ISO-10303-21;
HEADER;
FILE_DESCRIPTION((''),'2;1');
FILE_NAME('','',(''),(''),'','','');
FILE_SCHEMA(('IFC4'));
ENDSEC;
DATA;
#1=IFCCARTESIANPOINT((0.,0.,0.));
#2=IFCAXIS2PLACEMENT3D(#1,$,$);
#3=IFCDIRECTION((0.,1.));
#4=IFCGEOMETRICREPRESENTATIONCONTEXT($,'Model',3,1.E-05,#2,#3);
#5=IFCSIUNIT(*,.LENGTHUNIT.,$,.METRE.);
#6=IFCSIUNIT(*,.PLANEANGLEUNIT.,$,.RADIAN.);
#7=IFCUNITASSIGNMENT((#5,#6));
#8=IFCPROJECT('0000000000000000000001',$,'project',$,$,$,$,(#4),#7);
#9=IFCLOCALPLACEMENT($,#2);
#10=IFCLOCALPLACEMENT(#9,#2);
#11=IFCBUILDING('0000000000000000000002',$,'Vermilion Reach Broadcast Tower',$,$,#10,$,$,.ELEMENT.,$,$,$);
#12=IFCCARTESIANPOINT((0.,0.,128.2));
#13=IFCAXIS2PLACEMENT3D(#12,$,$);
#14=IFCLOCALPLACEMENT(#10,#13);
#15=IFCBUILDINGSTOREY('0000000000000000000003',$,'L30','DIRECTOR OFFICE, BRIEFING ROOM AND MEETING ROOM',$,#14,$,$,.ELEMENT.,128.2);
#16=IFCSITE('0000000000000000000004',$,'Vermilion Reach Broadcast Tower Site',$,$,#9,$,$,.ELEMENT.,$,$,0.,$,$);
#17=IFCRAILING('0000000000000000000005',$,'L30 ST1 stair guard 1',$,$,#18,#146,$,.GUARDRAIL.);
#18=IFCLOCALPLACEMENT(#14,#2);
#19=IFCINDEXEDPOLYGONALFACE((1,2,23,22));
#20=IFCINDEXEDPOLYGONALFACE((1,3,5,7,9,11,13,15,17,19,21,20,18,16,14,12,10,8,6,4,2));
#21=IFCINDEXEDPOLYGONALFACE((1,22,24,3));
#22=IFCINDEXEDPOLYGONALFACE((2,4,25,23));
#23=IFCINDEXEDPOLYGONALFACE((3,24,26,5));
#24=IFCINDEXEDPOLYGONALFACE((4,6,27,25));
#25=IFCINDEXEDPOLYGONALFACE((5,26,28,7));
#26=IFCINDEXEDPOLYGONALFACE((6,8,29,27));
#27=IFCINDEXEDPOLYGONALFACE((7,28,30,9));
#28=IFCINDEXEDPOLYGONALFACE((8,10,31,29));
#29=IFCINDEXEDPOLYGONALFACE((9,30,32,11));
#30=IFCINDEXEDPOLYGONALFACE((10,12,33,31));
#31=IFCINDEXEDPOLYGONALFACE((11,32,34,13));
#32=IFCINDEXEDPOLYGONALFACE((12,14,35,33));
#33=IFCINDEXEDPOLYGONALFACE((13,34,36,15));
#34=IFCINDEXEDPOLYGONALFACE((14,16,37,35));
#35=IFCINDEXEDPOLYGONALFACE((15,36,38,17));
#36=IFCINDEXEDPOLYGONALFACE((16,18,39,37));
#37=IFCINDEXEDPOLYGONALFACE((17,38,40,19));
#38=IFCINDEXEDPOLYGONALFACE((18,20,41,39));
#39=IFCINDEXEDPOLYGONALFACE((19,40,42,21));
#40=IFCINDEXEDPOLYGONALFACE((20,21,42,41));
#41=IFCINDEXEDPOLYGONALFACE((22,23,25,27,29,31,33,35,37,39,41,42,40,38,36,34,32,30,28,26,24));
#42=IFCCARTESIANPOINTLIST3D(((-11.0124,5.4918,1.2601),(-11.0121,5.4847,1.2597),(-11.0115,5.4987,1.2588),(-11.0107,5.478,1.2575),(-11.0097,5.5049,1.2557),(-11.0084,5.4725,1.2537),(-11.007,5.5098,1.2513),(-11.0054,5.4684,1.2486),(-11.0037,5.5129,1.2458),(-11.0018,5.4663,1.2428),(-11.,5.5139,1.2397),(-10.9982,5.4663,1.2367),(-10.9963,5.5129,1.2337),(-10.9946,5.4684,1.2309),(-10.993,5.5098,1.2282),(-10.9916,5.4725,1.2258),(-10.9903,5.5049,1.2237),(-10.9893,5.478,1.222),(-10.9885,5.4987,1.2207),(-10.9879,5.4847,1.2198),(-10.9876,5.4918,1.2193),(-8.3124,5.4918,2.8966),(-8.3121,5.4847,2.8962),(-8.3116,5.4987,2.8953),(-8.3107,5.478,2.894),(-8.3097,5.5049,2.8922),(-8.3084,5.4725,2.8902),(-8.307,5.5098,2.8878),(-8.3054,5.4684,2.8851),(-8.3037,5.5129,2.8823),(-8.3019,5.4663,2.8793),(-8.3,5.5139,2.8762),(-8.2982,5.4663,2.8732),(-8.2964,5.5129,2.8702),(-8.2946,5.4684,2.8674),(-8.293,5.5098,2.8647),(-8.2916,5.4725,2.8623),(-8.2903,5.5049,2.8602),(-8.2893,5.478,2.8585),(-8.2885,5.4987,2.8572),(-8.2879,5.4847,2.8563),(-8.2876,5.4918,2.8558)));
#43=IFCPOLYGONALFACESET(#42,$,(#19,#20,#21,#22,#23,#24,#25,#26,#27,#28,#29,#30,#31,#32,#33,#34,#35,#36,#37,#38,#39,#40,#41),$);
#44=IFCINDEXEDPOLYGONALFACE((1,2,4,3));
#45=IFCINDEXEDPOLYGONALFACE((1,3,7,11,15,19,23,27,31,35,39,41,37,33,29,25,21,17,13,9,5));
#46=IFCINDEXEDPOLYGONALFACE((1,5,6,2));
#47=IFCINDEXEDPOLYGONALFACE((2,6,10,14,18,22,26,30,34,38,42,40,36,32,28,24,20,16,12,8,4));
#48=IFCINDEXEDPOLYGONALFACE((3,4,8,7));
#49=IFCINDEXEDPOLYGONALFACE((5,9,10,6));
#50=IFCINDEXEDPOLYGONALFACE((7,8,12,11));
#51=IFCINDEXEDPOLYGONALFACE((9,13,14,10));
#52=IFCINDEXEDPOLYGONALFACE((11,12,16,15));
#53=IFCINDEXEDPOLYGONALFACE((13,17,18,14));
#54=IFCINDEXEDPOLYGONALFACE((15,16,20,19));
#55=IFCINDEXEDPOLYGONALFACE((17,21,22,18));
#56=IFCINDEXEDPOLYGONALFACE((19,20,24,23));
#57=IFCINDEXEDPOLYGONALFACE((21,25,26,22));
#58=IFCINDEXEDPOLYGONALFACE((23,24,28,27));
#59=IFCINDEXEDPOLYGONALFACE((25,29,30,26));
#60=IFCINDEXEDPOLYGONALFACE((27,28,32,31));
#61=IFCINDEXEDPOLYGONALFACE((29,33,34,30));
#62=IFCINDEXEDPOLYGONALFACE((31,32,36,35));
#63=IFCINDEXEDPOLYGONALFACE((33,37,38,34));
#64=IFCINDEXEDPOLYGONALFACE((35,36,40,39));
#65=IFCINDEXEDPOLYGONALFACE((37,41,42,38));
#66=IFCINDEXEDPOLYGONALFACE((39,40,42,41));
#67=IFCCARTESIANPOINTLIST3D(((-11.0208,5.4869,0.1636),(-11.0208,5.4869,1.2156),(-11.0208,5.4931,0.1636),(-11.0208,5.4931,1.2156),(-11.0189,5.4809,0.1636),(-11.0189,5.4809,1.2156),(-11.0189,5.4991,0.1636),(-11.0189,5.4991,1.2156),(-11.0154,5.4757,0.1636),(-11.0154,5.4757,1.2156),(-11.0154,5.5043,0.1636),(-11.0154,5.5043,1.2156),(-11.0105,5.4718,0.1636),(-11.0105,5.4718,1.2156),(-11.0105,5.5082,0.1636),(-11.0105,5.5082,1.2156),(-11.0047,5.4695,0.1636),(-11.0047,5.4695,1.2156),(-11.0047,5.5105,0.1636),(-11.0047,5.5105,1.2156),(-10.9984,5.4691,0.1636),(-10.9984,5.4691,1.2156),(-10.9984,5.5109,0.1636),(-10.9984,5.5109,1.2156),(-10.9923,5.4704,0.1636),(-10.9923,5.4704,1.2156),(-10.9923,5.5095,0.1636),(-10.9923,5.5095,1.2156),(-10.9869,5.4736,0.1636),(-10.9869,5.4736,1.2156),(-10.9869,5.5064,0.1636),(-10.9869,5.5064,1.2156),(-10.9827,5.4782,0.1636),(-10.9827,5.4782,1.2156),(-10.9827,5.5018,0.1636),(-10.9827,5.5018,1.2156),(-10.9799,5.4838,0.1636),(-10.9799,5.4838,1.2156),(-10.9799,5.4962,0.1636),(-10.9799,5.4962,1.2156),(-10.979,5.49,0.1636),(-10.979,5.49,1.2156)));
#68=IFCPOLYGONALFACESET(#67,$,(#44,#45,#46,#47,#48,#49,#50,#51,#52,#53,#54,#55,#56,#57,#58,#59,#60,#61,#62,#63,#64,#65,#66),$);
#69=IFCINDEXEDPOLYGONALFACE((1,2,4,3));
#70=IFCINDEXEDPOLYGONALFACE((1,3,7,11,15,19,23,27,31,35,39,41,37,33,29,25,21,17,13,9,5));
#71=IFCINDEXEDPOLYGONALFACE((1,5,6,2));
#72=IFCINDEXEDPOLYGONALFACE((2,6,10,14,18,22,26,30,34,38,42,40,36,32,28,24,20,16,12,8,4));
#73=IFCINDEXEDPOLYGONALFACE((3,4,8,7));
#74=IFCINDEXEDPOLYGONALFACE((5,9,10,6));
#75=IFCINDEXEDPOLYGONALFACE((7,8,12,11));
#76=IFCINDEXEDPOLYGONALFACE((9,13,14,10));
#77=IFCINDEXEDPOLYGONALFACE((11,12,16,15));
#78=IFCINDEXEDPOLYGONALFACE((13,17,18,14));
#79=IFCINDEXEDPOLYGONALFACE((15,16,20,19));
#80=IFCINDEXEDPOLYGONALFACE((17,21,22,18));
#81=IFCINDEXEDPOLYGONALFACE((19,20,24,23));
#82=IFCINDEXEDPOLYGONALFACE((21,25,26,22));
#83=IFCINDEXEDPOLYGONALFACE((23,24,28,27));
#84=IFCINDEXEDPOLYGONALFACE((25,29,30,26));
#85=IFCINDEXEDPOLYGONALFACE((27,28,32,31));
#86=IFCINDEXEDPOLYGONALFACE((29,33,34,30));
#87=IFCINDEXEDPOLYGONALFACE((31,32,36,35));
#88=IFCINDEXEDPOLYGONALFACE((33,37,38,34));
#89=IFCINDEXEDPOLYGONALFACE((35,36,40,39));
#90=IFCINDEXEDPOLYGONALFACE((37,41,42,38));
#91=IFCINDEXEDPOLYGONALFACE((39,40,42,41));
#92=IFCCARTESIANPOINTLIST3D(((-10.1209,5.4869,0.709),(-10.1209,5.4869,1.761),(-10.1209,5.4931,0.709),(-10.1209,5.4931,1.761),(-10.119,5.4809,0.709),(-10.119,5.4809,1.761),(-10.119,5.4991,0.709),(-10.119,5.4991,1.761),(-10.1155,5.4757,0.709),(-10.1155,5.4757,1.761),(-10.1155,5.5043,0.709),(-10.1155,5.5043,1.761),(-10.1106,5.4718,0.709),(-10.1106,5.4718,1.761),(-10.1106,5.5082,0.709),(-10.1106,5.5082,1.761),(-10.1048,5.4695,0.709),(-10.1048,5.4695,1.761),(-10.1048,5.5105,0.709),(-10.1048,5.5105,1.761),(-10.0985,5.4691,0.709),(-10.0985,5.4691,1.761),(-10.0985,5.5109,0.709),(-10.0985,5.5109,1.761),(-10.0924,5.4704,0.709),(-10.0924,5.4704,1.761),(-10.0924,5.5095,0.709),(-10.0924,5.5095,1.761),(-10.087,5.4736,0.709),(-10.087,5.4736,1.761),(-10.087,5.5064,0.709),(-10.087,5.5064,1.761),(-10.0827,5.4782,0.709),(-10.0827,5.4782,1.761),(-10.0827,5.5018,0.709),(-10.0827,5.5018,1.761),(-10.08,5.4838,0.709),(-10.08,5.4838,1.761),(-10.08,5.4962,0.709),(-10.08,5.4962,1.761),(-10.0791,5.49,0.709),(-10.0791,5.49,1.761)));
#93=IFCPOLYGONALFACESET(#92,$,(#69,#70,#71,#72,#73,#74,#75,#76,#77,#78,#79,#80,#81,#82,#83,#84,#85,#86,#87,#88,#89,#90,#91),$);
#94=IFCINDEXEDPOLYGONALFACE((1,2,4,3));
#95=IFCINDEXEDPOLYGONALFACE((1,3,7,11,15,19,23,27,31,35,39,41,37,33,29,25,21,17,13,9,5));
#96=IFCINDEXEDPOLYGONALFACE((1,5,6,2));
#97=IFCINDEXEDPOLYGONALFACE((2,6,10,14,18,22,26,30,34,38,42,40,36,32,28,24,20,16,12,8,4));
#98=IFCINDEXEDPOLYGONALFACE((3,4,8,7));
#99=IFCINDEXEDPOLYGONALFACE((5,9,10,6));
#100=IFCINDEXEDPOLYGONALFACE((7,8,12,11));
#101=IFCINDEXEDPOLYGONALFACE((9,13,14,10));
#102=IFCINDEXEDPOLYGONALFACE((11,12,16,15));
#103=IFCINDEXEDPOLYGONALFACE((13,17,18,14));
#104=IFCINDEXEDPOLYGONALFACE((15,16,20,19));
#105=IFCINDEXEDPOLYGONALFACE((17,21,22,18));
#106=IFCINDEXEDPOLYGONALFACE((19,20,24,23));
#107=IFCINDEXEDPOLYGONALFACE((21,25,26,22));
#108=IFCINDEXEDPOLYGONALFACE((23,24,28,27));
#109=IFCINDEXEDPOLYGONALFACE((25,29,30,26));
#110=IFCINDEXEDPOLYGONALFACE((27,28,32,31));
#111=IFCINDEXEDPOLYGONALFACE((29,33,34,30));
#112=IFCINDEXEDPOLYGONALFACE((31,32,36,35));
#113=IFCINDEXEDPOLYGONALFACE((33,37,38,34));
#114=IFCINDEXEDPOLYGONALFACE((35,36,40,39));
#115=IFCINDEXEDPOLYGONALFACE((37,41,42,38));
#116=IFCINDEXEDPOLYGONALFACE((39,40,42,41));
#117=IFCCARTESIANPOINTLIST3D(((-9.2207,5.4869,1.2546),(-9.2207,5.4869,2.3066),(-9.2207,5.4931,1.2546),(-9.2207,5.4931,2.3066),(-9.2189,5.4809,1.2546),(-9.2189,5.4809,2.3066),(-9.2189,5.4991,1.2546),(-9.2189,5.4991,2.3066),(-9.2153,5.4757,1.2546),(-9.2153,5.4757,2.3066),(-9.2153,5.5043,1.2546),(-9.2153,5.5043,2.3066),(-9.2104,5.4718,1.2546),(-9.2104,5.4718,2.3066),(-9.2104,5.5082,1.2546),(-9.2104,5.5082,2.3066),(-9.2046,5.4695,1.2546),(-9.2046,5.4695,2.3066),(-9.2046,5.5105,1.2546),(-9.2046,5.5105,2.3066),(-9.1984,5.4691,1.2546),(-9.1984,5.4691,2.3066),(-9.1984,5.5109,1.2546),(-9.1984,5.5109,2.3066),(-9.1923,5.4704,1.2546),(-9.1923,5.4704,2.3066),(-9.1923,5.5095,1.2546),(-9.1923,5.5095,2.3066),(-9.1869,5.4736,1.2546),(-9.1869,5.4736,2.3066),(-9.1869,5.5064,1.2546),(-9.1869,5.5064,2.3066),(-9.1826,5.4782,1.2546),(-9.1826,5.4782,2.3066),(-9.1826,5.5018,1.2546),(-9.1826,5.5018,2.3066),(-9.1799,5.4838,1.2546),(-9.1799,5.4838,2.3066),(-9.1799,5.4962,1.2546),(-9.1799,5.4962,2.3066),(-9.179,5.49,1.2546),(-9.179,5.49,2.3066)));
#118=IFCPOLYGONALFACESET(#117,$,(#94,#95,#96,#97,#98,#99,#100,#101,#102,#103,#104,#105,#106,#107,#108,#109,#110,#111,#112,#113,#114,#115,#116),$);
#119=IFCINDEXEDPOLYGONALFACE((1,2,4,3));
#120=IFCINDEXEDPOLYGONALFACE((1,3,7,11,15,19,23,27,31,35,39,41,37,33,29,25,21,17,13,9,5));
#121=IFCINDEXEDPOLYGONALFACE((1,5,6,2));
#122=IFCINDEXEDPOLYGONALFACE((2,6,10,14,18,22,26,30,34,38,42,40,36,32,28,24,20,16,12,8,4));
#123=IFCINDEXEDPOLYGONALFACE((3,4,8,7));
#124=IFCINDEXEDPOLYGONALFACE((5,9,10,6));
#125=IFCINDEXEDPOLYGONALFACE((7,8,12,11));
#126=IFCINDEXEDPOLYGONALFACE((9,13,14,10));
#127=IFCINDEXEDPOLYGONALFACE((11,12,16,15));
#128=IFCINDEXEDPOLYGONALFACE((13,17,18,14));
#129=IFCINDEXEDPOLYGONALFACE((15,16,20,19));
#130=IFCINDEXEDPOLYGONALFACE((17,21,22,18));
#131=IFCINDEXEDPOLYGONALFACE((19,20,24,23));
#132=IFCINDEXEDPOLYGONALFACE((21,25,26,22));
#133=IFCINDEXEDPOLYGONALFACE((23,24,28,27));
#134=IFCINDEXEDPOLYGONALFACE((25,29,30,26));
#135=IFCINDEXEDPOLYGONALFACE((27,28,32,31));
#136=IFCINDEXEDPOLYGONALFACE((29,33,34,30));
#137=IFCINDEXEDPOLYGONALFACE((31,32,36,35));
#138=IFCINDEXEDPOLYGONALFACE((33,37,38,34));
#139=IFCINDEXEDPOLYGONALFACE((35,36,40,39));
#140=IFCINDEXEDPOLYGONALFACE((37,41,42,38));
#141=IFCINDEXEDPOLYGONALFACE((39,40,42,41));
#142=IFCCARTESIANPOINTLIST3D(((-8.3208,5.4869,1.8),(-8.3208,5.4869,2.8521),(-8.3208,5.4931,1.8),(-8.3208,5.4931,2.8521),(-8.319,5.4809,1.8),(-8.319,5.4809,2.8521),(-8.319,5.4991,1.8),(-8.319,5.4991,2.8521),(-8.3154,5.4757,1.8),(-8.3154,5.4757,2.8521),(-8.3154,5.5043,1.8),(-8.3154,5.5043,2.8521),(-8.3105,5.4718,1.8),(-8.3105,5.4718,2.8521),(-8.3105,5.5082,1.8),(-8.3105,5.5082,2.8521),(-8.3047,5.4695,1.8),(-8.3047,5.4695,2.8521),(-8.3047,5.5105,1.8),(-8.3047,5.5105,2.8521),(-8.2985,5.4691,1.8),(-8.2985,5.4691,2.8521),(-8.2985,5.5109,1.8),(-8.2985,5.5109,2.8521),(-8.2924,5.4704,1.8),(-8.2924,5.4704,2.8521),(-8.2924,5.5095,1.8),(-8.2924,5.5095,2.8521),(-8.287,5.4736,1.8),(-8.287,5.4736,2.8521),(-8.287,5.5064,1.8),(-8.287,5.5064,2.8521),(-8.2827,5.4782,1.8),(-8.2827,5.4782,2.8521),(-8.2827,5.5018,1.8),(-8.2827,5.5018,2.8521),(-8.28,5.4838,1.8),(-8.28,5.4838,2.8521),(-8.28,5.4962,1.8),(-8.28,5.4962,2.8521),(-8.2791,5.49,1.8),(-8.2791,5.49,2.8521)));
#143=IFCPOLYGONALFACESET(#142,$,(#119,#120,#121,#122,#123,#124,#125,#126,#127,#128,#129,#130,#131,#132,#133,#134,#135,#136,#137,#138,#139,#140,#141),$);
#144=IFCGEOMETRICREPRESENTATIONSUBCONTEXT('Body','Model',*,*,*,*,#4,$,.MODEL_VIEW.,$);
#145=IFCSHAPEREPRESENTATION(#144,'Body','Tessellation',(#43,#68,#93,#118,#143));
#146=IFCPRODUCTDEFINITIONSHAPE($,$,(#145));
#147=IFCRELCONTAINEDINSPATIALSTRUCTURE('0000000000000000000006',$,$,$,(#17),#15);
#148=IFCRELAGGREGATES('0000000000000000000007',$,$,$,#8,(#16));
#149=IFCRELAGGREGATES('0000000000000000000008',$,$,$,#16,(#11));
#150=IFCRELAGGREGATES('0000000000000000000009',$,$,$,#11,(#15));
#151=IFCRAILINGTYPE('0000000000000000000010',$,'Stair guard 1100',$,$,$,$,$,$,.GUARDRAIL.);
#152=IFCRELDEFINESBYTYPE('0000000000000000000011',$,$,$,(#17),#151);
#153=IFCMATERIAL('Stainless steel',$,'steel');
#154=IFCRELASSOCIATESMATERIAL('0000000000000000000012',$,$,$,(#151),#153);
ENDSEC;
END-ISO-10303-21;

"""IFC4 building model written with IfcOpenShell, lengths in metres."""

from ifc_helpers import new_model, si_unit, direction, frame, origin, origin_2d, place, context, subcontext, project, spatial, circle, extrude, material, type_object, element, save


model = new_model("IFC4")

# Units and contexts
model_context = context("Model", 3, precision=1e-05, world=origin(), true_north=direction((0.0, 1.0)))
body_context = subcontext(model_context, "Body", "Model", "MODEL_VIEW")
ifc_project = project(units=[si_unit("LENGTHUNIT", "METRE"), si_unit("PLANEANGLEUNIT", "RADIAN")], contexts=[model_context])

# Site, building, storey
site_placement = place(None, origin())
site = spatial("IfcSite", under=ifc_project, at=site_placement, Name="Vermilion Reach Broadcast Tower Site", CompositionType="ELEMENT", RefElevation=0.0)
building_placement = place(site_placement, origin())
building = spatial("IfcBuilding", under=site, at=building_placement, Name="Vermilion Reach Broadcast Tower", CompositionType="ELEMENT")
storey_placement = place(building_placement, frame((0.0, 0.0, 128.2)))
storey = spatial("IfcBuildingStorey", under=building, at=storey_placement, Name="L30", Description="DIRECTOR OFFICE, BRIEFING ROOM AND MEETING ROOM", CompositionType="ELEMENT", Elevation=128.2)

# Railing
ifc_material_1 = material(Name="Stainless steel", Category="steel")
railing_type_1 = type_object("IfcRailingType", Name="Stair guard 1100", PredefinedType="GUARDRAIL", material=ifc_material_1)
railing_1_placement = place(storey_placement, frame((-11.0, 5.49, 0.1636)))
element("IfcRailing", 1, at=railing_1_placement, inside=storey, type_object=railing_type_1, Name="L30 ST1 stair guard 1", PredefinedType="GUARDRAIL", context=body_context, shape_type="SweptSolid", body=[
    extrude(circle(Radius=0.0239, at=origin_2d()), frame((0.0, 0.0, 1.0762), z_axis=(0.855178, 0.0, 0.518334), x_axis=(0.0, 1.0, 0.0)), (0.0, 0.0, 1.0), 3.1572),
    extrude(circle(Radius=0.021, at=origin_2d()), origin(), (0.0, 0.0, 1.0), 1.052),
    extrude(circle(Radius=0.021, at=origin_2d()), frame((0.8999, 0.0, 0.5454)), (0.0, 0.0, 1.0), 1.052),
    extrude(circle(Radius=0.021, at=origin_2d()), frame((1.8, 0.0, 1.0911)), (0.0, 0.0, 1.0), 1.052),
    extrude(circle(Radius=0.021, at=origin_2d()), frame((2.7, 0.0, 1.6365)), (0.0, 0.0, 1.0), 1.052),
])

save(model, "model.ifc")
